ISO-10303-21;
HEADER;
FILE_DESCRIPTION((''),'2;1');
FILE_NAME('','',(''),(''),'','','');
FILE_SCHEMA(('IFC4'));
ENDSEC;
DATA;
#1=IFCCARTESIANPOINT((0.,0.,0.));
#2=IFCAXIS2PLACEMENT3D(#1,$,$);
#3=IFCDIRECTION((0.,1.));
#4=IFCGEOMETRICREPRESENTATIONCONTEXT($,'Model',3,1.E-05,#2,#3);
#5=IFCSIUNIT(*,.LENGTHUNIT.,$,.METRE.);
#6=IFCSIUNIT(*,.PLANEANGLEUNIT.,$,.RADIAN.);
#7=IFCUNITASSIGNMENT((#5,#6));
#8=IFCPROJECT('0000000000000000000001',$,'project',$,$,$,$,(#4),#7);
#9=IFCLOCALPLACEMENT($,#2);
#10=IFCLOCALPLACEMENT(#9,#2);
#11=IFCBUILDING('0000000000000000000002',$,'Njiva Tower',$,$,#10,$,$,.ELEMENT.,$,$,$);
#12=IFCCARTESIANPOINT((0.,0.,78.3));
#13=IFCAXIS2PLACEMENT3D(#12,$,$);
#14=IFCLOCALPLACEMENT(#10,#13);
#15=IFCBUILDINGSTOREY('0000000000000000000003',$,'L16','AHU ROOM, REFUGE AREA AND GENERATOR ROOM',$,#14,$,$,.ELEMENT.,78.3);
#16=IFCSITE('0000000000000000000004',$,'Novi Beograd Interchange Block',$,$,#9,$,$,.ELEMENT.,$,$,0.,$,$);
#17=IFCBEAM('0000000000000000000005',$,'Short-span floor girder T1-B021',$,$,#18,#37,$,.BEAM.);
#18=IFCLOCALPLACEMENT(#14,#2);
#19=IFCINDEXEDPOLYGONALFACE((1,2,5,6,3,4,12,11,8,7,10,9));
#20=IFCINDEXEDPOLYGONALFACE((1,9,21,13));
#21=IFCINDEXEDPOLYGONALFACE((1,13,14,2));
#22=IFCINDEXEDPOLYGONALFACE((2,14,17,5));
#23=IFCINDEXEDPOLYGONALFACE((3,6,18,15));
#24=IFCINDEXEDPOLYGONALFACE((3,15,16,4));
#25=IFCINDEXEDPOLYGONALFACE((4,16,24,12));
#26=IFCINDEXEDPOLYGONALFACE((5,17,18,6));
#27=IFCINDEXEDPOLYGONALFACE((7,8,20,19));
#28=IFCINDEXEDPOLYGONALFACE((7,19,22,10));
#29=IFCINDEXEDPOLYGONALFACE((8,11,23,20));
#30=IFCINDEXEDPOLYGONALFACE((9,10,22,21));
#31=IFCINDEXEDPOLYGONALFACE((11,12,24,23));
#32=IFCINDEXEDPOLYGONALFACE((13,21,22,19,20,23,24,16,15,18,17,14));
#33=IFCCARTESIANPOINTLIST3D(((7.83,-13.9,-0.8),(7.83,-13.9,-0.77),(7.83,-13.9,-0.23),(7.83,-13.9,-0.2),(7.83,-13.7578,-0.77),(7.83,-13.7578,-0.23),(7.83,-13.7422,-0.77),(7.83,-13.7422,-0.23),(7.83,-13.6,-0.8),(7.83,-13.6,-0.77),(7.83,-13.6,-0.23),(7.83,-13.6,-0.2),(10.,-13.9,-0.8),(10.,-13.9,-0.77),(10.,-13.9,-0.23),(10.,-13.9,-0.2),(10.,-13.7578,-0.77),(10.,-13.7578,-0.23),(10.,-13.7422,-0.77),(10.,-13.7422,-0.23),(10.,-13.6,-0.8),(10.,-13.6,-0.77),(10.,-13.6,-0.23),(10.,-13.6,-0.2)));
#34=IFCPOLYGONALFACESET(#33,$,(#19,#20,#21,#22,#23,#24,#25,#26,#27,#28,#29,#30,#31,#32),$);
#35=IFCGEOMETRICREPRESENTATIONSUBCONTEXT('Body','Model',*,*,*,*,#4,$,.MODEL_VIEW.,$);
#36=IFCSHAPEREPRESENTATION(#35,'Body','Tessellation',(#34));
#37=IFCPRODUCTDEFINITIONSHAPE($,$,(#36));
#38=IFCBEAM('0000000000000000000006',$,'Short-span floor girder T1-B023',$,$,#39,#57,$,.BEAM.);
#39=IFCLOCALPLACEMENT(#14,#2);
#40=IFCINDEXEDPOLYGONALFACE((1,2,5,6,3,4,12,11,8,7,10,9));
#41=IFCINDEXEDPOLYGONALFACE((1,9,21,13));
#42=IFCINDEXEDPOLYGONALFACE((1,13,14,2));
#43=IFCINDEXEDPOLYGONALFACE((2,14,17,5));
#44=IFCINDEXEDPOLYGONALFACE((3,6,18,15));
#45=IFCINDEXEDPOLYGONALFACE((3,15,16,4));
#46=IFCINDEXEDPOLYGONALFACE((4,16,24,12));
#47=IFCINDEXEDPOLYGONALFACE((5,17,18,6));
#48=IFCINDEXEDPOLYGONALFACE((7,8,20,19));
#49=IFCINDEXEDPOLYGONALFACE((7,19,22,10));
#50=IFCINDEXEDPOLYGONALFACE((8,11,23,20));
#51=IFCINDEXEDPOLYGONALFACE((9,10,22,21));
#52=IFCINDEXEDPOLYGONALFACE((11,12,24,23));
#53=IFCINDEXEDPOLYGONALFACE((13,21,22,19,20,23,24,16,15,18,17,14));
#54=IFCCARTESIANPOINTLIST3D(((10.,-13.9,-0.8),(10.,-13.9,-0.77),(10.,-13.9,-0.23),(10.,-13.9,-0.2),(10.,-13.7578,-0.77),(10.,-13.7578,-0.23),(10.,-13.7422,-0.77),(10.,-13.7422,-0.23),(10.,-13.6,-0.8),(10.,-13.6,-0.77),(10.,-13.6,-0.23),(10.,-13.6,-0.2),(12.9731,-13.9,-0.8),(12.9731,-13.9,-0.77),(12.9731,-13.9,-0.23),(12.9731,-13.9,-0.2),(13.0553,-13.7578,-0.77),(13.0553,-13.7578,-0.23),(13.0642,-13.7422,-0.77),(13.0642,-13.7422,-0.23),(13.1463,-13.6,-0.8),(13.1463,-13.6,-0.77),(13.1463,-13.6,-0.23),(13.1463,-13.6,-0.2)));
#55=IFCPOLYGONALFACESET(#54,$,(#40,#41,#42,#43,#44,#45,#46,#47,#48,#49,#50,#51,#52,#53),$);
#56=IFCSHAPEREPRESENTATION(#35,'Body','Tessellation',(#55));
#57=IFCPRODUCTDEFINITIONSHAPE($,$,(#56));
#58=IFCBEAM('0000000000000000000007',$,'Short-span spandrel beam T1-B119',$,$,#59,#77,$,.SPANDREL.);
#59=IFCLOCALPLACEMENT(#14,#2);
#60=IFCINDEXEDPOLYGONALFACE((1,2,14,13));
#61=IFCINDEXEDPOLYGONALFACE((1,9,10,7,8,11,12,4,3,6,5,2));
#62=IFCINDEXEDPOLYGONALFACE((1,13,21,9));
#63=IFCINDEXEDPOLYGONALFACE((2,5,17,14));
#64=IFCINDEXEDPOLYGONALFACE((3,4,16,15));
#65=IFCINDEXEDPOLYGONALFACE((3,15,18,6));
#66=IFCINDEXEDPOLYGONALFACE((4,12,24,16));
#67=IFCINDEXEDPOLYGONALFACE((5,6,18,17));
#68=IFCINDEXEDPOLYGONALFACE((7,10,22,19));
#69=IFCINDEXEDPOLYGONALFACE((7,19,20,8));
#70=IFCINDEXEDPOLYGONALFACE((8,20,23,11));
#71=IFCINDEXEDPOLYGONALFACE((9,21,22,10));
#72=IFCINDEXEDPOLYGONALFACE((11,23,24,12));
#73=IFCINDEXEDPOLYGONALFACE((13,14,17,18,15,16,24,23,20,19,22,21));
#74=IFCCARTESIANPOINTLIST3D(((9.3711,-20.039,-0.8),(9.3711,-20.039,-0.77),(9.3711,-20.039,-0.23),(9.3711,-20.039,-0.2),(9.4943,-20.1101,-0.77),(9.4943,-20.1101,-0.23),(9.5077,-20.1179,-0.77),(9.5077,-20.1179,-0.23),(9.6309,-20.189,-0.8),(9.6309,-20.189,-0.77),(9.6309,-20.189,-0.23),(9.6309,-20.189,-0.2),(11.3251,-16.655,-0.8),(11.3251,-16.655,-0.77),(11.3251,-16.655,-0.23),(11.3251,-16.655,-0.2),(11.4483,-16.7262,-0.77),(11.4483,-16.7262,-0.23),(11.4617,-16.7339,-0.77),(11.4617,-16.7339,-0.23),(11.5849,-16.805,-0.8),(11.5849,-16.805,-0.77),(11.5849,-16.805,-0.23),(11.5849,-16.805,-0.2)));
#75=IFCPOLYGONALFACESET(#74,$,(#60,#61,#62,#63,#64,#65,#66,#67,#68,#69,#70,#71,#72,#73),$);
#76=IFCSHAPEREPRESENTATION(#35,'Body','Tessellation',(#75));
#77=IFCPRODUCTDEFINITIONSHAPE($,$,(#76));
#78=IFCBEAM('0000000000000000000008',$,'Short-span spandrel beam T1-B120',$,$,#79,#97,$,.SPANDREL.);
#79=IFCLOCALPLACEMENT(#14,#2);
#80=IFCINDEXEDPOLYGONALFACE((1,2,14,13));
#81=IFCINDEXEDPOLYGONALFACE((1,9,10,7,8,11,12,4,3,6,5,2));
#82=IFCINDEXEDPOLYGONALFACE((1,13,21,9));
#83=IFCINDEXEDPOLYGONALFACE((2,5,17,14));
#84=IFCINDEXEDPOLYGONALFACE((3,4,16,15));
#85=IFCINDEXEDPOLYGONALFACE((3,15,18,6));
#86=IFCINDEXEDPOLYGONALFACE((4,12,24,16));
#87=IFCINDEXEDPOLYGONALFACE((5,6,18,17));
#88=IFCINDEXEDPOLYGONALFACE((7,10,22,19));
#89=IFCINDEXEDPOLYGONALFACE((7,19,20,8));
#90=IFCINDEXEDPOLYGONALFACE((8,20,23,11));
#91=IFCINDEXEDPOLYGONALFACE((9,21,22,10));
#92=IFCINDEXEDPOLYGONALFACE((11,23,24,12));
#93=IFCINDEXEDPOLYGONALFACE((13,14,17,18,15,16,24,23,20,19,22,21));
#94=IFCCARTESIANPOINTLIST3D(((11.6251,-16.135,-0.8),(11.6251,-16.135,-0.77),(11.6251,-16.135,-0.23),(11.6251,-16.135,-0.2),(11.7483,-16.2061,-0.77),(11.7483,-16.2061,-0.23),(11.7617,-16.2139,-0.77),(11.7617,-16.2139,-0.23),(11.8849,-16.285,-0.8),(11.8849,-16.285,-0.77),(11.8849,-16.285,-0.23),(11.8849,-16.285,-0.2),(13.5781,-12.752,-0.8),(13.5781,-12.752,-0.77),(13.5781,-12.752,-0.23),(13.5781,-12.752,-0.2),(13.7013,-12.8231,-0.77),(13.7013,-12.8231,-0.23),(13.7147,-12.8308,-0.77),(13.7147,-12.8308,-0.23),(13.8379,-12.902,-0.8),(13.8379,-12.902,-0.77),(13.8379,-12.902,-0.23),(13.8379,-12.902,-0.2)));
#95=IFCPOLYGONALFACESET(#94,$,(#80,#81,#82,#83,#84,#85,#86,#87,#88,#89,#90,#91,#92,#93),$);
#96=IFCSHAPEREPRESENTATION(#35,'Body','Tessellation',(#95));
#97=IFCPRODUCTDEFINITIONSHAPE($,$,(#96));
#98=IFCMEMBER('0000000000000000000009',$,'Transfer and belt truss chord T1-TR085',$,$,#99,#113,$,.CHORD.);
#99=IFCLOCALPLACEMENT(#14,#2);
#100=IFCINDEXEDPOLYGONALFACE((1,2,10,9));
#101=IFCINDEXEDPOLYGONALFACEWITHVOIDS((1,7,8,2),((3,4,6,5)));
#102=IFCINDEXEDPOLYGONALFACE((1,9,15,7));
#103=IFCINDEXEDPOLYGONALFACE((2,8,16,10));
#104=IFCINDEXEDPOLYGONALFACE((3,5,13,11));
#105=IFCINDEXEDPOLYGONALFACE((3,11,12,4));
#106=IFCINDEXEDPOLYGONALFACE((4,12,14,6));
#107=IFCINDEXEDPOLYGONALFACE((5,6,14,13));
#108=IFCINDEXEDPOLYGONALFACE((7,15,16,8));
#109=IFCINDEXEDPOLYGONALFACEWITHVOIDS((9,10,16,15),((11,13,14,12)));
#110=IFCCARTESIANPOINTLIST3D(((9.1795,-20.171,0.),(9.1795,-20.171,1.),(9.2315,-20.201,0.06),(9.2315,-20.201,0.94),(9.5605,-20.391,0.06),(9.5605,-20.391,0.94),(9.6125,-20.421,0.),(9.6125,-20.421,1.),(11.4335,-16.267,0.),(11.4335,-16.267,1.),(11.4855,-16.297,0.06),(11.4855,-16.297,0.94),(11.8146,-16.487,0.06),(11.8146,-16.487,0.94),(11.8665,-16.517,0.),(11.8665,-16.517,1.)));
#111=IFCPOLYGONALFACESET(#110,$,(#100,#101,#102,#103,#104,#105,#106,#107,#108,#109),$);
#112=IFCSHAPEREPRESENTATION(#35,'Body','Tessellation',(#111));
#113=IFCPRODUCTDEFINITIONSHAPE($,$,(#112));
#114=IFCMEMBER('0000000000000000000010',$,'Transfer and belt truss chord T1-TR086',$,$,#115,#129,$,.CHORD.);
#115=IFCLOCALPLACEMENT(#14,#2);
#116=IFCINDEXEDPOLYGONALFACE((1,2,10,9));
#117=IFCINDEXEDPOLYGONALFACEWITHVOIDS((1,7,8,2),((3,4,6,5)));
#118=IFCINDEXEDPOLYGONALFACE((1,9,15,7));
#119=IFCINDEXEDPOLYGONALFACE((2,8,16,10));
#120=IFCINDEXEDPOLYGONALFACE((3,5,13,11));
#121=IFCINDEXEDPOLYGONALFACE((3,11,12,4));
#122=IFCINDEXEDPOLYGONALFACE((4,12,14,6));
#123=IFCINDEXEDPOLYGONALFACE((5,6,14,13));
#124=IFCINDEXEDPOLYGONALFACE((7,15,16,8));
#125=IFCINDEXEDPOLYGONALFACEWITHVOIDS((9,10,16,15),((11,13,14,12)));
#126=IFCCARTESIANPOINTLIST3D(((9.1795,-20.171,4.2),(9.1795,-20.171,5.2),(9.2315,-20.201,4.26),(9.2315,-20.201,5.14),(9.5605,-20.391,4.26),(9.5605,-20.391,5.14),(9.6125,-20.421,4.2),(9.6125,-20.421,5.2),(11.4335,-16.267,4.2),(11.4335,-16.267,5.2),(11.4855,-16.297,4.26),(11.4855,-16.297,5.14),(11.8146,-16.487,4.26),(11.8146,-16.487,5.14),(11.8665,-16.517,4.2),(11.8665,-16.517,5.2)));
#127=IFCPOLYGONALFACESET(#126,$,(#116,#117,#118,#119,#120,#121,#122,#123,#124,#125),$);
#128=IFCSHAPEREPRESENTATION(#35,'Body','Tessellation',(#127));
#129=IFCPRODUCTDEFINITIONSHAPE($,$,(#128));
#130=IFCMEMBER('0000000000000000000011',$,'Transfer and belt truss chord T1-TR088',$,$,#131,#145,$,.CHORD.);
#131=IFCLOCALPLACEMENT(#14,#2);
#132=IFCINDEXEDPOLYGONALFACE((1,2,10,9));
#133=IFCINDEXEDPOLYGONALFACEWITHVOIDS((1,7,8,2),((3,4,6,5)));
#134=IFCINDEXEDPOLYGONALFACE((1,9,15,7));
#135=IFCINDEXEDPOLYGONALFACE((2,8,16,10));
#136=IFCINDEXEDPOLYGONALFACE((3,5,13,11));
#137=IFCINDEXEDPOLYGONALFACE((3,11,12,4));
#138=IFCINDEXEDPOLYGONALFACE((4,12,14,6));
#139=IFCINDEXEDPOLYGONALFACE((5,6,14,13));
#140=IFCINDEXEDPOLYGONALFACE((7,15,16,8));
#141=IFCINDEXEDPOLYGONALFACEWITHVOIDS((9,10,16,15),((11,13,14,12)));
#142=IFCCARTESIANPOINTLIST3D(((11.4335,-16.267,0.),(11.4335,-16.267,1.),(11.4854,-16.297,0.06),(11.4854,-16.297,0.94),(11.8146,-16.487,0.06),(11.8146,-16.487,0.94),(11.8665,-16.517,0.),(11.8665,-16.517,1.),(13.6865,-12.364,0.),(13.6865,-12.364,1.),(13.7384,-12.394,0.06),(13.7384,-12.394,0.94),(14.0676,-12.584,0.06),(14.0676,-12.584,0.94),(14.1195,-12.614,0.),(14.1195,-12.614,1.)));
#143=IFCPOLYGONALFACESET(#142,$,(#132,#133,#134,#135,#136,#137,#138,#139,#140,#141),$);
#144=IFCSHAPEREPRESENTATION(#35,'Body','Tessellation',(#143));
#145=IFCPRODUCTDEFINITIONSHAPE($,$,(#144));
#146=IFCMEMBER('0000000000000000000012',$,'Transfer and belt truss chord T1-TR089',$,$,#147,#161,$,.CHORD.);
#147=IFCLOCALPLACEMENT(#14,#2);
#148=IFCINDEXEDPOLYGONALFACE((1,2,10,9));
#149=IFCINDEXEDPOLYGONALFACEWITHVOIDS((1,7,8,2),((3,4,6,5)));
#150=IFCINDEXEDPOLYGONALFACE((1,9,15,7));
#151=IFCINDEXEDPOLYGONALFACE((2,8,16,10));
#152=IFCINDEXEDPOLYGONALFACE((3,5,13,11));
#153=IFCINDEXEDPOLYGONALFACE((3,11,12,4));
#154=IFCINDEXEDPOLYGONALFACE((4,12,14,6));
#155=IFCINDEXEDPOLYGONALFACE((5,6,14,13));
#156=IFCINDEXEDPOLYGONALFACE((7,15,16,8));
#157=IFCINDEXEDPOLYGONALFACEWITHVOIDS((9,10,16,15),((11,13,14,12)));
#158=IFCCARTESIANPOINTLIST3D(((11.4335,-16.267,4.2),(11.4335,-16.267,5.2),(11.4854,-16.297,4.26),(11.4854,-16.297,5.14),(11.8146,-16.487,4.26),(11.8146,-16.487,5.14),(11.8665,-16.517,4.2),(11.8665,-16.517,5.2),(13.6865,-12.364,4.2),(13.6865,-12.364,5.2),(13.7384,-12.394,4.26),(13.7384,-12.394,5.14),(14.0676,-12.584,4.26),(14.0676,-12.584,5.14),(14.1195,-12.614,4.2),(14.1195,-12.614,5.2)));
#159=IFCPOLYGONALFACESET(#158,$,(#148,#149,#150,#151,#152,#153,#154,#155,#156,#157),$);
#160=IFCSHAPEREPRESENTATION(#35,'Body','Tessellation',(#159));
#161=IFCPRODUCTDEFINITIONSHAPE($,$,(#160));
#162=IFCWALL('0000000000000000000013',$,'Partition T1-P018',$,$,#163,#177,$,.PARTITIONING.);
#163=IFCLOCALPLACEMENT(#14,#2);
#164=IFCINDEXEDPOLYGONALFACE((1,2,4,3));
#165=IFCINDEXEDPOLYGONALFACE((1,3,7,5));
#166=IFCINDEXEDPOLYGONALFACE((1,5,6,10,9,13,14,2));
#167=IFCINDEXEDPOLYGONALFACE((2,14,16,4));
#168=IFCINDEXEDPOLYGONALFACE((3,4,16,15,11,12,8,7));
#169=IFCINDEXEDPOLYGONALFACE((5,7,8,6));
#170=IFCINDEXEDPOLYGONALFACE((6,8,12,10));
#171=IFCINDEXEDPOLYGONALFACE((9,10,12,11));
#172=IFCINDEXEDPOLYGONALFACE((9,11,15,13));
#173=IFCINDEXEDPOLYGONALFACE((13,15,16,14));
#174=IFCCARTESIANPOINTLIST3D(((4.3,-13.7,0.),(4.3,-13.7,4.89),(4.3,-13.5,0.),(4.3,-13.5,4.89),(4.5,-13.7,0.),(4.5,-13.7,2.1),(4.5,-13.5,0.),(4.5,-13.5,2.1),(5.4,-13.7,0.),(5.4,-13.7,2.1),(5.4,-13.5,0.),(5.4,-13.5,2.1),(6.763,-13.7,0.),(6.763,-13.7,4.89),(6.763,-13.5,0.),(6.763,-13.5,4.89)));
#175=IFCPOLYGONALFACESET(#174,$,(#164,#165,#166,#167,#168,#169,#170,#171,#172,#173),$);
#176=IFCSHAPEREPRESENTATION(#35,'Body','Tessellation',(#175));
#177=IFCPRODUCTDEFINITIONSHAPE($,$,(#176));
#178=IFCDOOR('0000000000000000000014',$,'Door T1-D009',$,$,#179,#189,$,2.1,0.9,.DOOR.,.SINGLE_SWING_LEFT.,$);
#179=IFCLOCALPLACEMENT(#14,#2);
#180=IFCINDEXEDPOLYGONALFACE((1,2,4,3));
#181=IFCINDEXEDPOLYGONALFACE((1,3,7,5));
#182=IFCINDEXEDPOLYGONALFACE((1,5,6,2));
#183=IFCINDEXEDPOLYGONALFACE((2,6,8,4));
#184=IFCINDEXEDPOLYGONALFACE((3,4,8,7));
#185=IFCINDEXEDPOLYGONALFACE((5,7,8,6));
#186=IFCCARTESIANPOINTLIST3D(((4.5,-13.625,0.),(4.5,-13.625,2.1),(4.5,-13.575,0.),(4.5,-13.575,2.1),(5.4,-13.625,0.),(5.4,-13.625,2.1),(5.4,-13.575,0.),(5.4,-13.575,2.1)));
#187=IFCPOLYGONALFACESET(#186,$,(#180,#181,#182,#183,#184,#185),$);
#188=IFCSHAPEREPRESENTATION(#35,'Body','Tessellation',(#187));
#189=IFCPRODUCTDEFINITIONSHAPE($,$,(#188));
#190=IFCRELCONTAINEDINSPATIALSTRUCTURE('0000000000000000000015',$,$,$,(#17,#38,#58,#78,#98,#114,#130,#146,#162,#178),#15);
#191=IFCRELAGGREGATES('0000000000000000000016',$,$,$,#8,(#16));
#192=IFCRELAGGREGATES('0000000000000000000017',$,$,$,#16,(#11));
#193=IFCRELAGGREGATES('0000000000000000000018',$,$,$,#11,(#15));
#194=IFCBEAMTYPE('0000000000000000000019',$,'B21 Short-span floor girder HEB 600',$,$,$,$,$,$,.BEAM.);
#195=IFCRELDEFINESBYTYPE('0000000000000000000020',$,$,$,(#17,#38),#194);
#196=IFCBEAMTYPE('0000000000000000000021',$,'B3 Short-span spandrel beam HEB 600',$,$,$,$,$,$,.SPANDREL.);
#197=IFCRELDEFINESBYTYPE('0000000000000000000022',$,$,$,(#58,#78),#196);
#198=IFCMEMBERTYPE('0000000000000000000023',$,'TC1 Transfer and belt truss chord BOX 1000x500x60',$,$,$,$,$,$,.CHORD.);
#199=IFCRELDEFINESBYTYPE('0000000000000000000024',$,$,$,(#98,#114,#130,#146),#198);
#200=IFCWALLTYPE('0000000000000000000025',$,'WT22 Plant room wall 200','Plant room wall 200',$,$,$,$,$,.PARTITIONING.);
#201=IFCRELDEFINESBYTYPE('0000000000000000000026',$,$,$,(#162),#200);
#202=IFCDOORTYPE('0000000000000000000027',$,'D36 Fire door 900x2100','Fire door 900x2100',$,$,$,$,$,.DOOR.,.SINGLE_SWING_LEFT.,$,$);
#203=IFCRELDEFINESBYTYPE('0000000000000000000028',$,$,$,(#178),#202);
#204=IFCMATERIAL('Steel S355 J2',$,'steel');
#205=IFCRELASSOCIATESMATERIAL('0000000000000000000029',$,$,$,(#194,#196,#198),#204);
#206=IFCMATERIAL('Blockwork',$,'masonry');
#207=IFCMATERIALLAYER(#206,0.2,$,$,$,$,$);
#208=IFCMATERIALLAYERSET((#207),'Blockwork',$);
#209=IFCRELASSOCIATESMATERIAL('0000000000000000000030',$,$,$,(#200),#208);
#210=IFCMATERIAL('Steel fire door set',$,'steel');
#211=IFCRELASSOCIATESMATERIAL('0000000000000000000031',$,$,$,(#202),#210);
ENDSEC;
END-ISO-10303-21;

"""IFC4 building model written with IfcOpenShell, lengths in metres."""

from ifc_helpers import new_model, si_unit, direction, frame, frame_2d, origin, origin_2d, place, context, subcontext, project, spatial, rectangle, hollow_rectangle, i_section, extrude, clip, halfspace, material, layer, layer_set, material_profile, profile_set, type_object, element, fill, save


model = new_model("IFC4")

# Units and contexts
model_context = context("Model", 3, precision=1e-05, world=origin(), true_north=direction((0.0, 1.0)))
body_context = subcontext(model_context, "Body", "Model", "MODEL_VIEW")
ifc_project = project(units=[si_unit("LENGTHUNIT", "METRE"), si_unit("PLANEANGLEUNIT", "RADIAN")], contexts=[model_context])

# Site, building, storey
site_placement = place(None, origin())
site = spatial("IfcSite", under=ifc_project, at=site_placement, Name="Novi Beograd Interchange Block", CompositionType="ELEMENT", RefElevation=0.0)
building_placement = place(site_placement, origin())
building = spatial("IfcBuilding", under=site, at=building_placement, Name="Njiva Tower", CompositionType="ELEMENT")
storey_placement = place(building_placement, frame((0.0, 0.0, 78.3)))
storey = spatial("IfcBuildingStorey", under=building, at=storey_placement, Name="L16", Description="AHU ROOM, REFUGE AREA AND GENERATOR ROOM", CompositionType="ELEMENT", Elevation=78.3)

# Shared definitions
ifc_material_1 = material(Name="Steel S355 J2", Category="steel")

# Beams
ifc_material_profile_1 = material_profile(ifc_material_1, i_section(OverallWidth=0.3, OverallDepth=0.6, WebThickness=0.0155, FlangeThickness=0.03, at=origin_2d()), Name="HEB 600")
ifc_profile_set_1 = profile_set([ifc_material_profile_1], Name="Steel S355 J2")
beam_type_1 = type_object("IfcBeamType", Name="B21 Short-span floor girder HEB 600", PredefinedType="BEAM", material=ifc_profile_set_1)
beam_1_placement = place(storey_placement, frame((7.83, -13.75, -0.5), z_axis=(1.0, 0.0, 0.0), x_axis=(0.0, 1.0, 0.0)))
element("IfcBeam", 1, at=beam_1_placement, inside=storey, type_object=beam_type_1, Name="Short-span floor girder T1-B021", PredefinedType="BEAM", context=body_context, shape_type="SweptSolid", body=[
    extrude(i_section(OverallWidth=0.3, OverallDepth=0.6, WebThickness=0.0155, FlangeThickness=0.03, at=origin_2d()), origin(), (0.0, 0.0, 1.0), 2.17),
])
beam_2_placement = place(storey_placement, frame((10.0, -13.75, -0.5), z_axis=(1.0, 0.0, 0.0), x_axis=(0.0, 1.0, 0.0)))
element("IfcBeam", 2, at=beam_2_placement, inside=storey, type_object=beam_type_1, Name="Short-span floor girder T1-B023", PredefinedType="BEAM", context=body_context, shape_type="Clipping", body=[
    clip(extrude(i_section(OverallWidth=0.3, OverallDepth=0.6, WebThickness=0.0155, FlangeThickness=0.03, at=origin_2d()), origin(), (0.0, 0.0, 1.0), 3.167), halfspace(frame((-0.025, 0.0, 3.0453), z_axis=(-0.499998, 0.0, 0.866027), x_axis=(0.0, 1.0, 0.0)), False)),
])
ifc_material_profile_2 = material_profile(ifc_material_1, i_section(OverallWidth=0.3, OverallDepth=0.6, WebThickness=0.0155, FlangeThickness=0.03, at=origin_2d()), Name="HEB 600")
ifc_profile_set_2 = profile_set([ifc_material_profile_2], Name="Steel S355 J2")
beam_type_2 = type_object("IfcBeamType", Name="B3 Short-span spandrel beam HEB 600", PredefinedType="SPANDREL", material=ifc_profile_set_2)
beam_3_placement = place(storey_placement, frame((9.501, -20.114, -0.5), z_axis=(0.500047, 0.865998, 0.0), x_axis=(-0.865998, 0.500047, 0.0)))
element("IfcBeam", 3, at=beam_3_placement, inside=storey, type_object=beam_type_2, Name="Short-span spandrel beam T1-B119", PredefinedType="SPANDREL", context=body_context, shape_type="SweptSolid", body=[
    extrude(i_section(OverallWidth=0.3, OverallDepth=0.6, WebThickness=0.0155, FlangeThickness=0.03, at=origin_2d()), origin(), (0.0, 0.0, 1.0), 3.9076),
])
beam_4_placement = place(storey_placement, frame((11.755, -16.21, -0.5), z_axis=(0.499966, 0.866045, 0.0), x_axis=(-0.866045, 0.499966, 0.0)))
element("IfcBeam", 4, at=beam_4_placement, inside=storey, type_object=beam_type_2, Name="Short-span spandrel beam T1-B120", PredefinedType="SPANDREL", context=body_context, shape_type="SweptSolid", body=[
    extrude(i_section(OverallWidth=0.3, OverallDepth=0.6, WebThickness=0.0155, FlangeThickness=0.03, at=origin_2d()), origin(), (0.0, 0.0, 1.0), 3.9063),
])

# Members
ifc_material_profile_3 = material_profile(ifc_material_1, hollow_rectangle(XDim=0.5, YDim=1.0, WallThickness=0.06, at=origin_2d()), Name="BOX 1000x500x60")
ifc_profile_set_3 = profile_set([ifc_material_profile_3], Name="Steel S355 J2")
member_type_1 = type_object("IfcMemberType", Name="TC1 Transfer and belt truss chord BOX 1000x500x60", PredefinedType="CHORD", material=ifc_profile_set_3)
for number, where, z_axis, x_axis, name in (
    (5, (9.396, -20.296, 0.5), (0.500004, 0.866023, 0.0), (-0.866023, 0.500004, 0.0), "Transfer and belt truss chord T1-TR085"),
    (6, (9.396, -20.296, 4.7), (0.500004, 0.866023, 0.0), (-0.866023, 0.500004, 0.0), "Transfer and belt truss chord T1-TR086"),
):
    element("IfcMember", number, at=place(storey_placement, frame(where, z_axis=z_axis, x_axis=x_axis)), inside=storey, type_object=member_type_1, Name=name, PredefinedType="CHORD", context=body_context, shape_type="SweptSolid", body=[
        extrude(hollow_rectangle(XDim=0.5, YDim=1.0, WallThickness=0.06, at=origin_2d()), origin(), (0.0, 0.0, 1.0), 4.508),
    ])
for number, where, z_axis, x_axis, name in (
    (7, (11.65, -16.392, 0.5), (0.499934, 0.866064, 0.0), (-0.866064, 0.499934, 0.0), "Transfer and belt truss chord T1-TR088"),
    (8, (11.65, -16.392, 4.7), (0.499934, 0.866064, 0.0), (-0.866064, 0.499934, 0.0), "Transfer and belt truss chord T1-TR089"),
):
    element("IfcMember", number, at=place(storey_placement, frame(where, z_axis=z_axis, x_axis=x_axis)), inside=storey, type_object=member_type_1, Name=name, PredefinedType="CHORD", context=body_context, shape_type="SweptSolid", body=[
        extrude(hollow_rectangle(XDim=0.5, YDim=1.0, WallThickness=0.06, at=origin_2d()), origin(), (0.0, 0.0, 1.0), 4.5066),
    ])

# Wall, opening, door
ifc_material_2 = material(Name="Blockwork", Category="masonry")
ifc_layer_1 = layer(ifc_material_2, 0.2)
ifc_layer_set_1 = layer_set([ifc_layer_1], Name="Blockwork")
wall_type_1 = type_object("IfcWallType", Name="WT22 Plant room wall 200", Description="Plant room wall 200", PredefinedType="PARTITIONING", material=ifc_layer_set_1)
wall_1_placement = place(storey_placement, frame((4.3, -13.6, 0.0), z_axis=(0.0, 0.0, 1.0), x_axis=(1.0, 0.0, 0.0)))
wall_1 = element("IfcWall", 9, at=wall_1_placement, inside=storey, type_object=wall_type_1, Name="Partition T1-P018", PredefinedType="PARTITIONING", context=body_context, shape_type="SweptSolid", body=[
    extrude(rectangle(XDim=2.463, YDim=0.2, at=frame_2d((1.2315, 0.0))), origin(), (0.0, 0.0, 1.0), 4.89),
])
opening_1_placement = place(wall_1_placement, frame((0.2, 0.0, 0.0)))
opening_1 = element("IfcOpeningElement", 10, at=opening_1_placement, cuts=wall_1, PredefinedType="OPENING", context=body_context, shape_type="SweptSolid", body=[
    extrude(rectangle(XDim=0.9, YDim=2.1, at=frame_2d((0.45, 1.05))), frame((0.0, 0.11, 0.0), z_axis=(0.0, -1.0, 0.0), x_axis=(1.0, 0.0, 0.0)), (0.0, 0.0, 1.0), 0.22),
])
ifc_material_3 = material(Name="Steel fire door set", Category="steel")
door_type_1 = type_object("IfcDoorType", Name="D36 Fire door 900x2100", Description="Fire door 900x2100", OperationType="SINGLE_SWING_LEFT", PredefinedType="DOOR", material=ifc_material_3)
door_1_placement = place(opening_1_placement, origin())
door_1 = element("IfcDoor", 11, at=door_1_placement, inside=storey, type_object=door_type_1, Name="Door T1-D009", OperationType="SINGLE_SWING_LEFT", OverallHeight=2.1, OverallWidth=0.9, PredefinedType="DOOR", context=body_context, shape_type="SweptSolid", body=[
    extrude(rectangle(XDim=0.9, YDim=2.1, at=frame_2d((0.45, 1.05))), frame((0.0, 0.025, 0.0), z_axis=(0.0, -1.0, 0.0), x_axis=(1.0, 0.0, 0.0)), (0.0, 0.0, 1.0), 0.05),
])
fill(opening_1, door_1)

save(model, "model.ifc")
